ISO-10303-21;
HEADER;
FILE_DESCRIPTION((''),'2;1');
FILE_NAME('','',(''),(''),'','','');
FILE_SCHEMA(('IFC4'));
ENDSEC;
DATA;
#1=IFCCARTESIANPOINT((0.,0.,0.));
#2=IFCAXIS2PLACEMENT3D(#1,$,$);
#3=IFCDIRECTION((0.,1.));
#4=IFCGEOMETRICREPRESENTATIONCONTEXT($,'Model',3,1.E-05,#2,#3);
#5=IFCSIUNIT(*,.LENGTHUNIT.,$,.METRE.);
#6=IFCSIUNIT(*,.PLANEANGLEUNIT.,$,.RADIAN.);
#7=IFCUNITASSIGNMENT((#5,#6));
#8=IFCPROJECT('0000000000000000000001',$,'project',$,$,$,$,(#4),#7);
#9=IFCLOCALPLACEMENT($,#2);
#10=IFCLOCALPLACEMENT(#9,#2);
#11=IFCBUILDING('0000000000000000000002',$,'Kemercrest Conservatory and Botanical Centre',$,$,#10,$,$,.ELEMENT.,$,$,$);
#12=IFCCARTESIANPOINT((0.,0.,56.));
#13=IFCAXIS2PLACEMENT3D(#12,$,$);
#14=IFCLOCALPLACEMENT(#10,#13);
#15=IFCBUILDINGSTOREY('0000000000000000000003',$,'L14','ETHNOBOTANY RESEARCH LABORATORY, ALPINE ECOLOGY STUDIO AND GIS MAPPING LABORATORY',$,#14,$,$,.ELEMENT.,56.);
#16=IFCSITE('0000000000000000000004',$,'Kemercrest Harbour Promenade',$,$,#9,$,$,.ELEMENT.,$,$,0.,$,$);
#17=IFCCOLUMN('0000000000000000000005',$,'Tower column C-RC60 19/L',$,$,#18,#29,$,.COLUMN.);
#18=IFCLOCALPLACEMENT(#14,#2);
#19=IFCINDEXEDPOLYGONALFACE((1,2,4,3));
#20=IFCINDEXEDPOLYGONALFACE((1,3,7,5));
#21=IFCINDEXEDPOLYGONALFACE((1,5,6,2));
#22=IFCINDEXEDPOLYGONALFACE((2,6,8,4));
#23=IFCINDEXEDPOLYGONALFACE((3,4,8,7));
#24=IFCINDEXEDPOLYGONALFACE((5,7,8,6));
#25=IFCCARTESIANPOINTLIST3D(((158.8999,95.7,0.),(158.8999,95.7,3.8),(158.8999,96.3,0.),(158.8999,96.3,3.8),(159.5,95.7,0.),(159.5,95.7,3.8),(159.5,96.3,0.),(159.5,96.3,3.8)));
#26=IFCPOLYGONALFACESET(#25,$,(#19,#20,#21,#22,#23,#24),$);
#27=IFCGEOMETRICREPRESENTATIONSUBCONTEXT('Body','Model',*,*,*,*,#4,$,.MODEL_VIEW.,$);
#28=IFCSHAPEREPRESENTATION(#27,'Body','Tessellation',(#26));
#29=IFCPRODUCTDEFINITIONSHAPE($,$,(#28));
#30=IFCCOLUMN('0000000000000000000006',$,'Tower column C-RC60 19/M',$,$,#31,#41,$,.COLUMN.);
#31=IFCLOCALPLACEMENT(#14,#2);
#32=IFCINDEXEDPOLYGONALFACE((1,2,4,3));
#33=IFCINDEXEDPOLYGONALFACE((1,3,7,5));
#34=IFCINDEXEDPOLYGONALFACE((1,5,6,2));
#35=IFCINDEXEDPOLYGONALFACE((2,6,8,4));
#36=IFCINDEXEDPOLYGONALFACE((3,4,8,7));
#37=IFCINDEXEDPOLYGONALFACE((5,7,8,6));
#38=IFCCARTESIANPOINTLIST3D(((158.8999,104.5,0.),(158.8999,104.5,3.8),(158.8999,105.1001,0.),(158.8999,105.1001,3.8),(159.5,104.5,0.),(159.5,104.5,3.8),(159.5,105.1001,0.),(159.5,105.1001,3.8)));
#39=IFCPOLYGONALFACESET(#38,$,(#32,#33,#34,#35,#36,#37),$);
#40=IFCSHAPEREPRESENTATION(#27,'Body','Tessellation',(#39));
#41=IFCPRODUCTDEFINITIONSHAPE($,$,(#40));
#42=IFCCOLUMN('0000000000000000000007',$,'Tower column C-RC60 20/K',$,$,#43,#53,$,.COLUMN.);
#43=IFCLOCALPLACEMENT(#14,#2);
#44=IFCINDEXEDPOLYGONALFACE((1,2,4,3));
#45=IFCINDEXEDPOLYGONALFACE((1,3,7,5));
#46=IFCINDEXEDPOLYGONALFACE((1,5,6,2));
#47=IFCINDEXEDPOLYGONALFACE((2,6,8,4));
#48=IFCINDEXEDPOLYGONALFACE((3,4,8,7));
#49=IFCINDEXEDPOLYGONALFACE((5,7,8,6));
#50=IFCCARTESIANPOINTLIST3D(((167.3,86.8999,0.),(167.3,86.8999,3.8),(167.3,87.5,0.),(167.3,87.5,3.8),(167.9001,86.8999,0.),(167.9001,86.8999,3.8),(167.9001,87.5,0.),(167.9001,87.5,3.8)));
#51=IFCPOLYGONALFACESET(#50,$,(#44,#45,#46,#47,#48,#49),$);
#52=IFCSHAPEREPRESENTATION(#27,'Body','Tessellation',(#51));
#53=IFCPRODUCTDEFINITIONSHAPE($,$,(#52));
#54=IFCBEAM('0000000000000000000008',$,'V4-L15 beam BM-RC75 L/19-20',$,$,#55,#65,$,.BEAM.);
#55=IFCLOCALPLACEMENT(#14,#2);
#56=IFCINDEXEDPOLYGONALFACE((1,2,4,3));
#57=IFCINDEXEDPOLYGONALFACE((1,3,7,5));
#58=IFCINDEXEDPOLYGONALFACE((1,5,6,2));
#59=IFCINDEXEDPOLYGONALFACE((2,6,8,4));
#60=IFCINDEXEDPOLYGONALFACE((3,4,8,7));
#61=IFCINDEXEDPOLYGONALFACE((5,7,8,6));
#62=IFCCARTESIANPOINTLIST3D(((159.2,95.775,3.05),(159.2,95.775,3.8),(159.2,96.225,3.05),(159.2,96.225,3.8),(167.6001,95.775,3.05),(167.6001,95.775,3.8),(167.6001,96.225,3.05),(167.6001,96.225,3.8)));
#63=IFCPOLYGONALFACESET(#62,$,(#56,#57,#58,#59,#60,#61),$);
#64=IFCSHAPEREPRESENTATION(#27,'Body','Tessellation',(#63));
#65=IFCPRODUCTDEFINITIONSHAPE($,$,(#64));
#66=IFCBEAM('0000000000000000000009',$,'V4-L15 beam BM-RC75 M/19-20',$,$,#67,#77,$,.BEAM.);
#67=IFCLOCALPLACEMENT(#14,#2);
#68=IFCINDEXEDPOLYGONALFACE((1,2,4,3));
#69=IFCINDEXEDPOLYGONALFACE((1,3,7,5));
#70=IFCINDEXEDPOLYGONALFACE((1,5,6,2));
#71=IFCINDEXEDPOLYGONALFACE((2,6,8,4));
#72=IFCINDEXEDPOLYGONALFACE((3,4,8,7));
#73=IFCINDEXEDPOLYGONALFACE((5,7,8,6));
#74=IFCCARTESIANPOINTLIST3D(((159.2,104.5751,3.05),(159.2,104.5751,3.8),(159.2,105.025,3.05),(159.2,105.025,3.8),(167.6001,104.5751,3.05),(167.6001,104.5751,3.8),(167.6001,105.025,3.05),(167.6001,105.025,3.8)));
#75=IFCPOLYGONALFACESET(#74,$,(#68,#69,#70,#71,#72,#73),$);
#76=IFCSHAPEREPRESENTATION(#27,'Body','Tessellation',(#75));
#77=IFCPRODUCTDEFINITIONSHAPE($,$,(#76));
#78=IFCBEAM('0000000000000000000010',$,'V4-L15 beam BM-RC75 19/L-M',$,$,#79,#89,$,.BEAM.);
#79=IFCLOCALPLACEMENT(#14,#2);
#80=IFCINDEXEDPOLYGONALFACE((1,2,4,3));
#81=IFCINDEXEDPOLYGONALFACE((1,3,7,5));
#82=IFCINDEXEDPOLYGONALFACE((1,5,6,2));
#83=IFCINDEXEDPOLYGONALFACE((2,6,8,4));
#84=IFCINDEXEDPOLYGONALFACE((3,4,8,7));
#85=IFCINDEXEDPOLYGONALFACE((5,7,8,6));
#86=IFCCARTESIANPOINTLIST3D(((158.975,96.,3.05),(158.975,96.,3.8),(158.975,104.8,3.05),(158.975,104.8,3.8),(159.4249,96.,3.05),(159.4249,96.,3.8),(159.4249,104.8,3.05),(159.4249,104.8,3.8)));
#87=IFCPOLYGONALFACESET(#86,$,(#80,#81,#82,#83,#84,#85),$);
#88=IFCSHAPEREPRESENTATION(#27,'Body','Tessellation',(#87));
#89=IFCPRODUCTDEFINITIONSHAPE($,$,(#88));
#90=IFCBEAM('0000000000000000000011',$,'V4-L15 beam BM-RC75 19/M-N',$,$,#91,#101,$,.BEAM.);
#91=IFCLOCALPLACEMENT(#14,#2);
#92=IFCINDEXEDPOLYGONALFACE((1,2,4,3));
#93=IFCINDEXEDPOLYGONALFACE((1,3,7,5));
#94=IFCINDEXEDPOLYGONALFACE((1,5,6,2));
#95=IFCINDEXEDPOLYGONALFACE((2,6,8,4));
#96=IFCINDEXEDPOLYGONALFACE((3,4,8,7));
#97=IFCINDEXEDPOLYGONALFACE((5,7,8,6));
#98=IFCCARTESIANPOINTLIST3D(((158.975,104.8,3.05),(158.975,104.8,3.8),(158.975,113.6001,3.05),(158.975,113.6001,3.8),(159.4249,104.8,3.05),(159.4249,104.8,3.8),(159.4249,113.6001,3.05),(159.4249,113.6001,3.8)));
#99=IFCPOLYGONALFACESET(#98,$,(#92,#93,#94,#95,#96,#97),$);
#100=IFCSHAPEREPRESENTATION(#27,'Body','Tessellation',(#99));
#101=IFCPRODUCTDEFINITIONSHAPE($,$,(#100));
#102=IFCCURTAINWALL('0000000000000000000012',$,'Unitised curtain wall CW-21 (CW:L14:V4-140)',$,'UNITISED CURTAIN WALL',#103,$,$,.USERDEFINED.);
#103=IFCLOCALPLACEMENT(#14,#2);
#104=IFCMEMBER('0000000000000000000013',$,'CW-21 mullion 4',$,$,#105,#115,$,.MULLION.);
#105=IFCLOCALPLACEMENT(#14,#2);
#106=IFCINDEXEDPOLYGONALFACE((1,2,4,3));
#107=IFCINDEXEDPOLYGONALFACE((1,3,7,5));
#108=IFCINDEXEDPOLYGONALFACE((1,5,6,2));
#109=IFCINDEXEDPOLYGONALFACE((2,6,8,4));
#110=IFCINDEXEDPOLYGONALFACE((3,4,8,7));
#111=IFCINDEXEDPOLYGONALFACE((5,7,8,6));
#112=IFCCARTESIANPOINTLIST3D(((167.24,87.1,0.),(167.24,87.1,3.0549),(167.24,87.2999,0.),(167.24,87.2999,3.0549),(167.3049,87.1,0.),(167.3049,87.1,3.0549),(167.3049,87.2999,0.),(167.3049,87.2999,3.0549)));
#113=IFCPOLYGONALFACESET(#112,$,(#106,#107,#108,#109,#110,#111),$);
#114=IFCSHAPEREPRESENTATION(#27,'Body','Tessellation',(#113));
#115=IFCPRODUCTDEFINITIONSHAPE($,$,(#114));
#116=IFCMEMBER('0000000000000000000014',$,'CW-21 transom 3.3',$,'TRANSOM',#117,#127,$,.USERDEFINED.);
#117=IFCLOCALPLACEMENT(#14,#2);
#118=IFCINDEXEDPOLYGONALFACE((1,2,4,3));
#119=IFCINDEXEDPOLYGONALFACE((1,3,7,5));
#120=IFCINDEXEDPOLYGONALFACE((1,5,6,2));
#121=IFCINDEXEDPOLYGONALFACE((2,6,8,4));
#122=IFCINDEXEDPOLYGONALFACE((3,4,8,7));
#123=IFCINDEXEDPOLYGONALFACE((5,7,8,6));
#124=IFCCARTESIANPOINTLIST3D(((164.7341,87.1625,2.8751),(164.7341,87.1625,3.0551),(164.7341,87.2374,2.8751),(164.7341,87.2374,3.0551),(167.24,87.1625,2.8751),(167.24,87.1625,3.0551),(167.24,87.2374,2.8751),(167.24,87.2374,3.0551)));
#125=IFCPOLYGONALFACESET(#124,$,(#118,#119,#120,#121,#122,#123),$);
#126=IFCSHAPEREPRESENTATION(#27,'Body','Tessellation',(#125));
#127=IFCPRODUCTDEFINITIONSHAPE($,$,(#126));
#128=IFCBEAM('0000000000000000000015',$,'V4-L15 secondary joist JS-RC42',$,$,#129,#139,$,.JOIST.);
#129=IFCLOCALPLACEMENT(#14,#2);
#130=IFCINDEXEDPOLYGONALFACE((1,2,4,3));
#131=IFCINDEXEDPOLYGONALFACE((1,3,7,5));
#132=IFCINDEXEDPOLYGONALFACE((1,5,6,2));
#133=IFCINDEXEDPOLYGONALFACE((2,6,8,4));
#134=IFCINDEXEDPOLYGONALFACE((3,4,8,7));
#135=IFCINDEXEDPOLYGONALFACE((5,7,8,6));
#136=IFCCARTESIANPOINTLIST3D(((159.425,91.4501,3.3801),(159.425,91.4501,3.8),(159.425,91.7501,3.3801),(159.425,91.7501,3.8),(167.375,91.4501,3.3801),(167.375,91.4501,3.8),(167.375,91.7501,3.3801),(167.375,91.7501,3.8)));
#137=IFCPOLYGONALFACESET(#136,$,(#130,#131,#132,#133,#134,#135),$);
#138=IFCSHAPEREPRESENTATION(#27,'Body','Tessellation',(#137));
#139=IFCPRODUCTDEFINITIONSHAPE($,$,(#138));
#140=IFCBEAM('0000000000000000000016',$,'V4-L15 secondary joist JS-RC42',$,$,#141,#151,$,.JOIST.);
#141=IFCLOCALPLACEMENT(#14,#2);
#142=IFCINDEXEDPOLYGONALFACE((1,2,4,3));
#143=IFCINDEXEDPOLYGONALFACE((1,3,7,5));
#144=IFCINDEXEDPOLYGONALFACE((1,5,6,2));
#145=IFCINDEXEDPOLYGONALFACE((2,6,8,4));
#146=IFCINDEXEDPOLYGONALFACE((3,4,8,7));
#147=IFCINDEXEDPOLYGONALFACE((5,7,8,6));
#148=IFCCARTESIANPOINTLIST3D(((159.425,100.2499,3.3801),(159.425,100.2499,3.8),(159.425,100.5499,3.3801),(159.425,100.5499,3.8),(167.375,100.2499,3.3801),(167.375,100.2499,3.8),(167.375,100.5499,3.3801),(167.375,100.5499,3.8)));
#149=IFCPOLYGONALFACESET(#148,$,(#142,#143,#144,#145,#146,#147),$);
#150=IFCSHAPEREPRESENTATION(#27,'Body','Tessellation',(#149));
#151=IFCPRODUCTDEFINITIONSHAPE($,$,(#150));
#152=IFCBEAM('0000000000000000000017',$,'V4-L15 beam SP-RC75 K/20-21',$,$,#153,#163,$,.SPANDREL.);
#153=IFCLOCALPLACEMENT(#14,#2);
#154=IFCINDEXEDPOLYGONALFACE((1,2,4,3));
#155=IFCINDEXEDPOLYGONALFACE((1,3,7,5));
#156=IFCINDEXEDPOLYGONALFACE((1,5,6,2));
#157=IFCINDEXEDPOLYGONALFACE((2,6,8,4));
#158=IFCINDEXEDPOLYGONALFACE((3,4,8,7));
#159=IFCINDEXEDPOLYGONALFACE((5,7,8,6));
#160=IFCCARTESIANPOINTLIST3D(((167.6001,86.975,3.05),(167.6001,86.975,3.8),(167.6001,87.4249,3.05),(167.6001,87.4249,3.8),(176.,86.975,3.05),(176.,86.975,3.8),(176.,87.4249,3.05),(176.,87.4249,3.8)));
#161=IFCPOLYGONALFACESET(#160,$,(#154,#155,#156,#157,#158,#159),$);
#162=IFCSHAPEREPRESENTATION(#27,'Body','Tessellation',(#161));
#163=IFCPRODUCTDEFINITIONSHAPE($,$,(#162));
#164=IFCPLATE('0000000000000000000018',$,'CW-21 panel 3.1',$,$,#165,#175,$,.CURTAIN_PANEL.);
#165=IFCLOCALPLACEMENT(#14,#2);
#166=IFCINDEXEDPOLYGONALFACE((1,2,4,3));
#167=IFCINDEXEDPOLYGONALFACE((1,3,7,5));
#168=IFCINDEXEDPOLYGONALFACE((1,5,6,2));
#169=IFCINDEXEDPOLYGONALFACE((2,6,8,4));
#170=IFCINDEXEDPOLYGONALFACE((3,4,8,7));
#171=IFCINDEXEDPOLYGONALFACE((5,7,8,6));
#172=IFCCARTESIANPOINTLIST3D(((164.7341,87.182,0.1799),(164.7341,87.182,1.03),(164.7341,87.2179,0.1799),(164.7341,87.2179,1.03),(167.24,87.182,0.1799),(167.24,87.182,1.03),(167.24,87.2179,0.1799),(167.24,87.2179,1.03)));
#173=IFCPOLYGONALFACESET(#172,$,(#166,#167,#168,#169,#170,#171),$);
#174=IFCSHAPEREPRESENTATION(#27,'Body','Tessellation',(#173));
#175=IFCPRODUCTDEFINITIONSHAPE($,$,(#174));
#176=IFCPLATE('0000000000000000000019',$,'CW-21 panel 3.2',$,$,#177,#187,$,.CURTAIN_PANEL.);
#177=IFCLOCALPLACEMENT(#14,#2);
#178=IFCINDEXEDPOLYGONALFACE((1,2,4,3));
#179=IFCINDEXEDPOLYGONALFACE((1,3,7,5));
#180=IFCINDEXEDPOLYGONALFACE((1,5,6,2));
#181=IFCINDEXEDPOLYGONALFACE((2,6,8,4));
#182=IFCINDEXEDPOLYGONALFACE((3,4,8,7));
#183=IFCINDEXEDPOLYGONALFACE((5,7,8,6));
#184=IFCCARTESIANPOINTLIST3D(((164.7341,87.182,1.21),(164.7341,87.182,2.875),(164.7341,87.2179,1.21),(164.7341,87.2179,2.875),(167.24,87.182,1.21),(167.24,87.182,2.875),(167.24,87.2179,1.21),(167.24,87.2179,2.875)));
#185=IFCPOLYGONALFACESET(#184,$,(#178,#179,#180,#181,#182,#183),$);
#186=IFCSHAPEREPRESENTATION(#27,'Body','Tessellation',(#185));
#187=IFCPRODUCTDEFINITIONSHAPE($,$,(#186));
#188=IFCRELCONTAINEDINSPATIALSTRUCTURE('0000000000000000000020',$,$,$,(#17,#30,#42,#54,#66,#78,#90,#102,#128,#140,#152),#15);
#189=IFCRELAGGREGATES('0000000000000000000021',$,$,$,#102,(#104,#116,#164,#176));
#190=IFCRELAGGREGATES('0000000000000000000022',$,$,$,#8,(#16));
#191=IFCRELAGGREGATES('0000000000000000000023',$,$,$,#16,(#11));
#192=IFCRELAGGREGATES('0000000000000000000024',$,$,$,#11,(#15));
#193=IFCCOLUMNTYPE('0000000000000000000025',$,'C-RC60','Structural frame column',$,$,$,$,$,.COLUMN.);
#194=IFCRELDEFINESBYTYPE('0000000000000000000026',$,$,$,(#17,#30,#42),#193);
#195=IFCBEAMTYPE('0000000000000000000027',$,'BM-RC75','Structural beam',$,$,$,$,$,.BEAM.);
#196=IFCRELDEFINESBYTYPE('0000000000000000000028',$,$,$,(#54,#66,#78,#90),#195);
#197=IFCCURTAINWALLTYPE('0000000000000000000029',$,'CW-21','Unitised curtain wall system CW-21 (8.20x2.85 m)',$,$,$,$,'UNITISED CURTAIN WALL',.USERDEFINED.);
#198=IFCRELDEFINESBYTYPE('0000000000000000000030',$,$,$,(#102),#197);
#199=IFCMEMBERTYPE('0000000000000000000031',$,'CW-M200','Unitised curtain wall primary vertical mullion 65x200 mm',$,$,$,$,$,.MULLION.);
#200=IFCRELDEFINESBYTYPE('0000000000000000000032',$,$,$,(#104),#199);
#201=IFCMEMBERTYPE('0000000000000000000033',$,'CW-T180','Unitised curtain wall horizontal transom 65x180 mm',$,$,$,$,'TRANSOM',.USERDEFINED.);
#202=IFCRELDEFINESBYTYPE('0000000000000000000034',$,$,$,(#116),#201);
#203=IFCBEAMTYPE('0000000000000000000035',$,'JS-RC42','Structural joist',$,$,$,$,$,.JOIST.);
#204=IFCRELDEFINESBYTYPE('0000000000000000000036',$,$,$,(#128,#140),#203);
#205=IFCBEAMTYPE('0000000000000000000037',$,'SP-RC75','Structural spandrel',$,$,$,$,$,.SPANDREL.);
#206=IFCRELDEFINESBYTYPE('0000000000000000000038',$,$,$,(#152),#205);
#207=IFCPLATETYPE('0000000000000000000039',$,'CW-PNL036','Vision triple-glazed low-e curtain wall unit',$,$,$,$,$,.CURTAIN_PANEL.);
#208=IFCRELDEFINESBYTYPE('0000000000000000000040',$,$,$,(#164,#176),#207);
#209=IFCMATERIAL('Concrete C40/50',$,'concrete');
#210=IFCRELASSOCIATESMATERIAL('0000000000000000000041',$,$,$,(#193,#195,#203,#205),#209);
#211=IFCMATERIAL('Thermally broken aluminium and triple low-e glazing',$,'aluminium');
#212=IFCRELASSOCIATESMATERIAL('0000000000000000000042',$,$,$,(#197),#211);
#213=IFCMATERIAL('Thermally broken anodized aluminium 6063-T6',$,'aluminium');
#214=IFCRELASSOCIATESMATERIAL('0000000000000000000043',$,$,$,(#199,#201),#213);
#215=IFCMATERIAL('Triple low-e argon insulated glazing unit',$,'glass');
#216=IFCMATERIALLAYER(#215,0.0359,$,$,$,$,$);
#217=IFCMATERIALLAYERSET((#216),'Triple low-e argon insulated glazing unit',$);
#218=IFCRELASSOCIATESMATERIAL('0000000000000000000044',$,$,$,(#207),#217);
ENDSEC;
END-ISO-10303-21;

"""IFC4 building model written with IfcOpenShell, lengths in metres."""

from ifc_helpers import new_model, si_unit, direction, frame, origin, origin_2d, place, context, subcontext, project, spatial, rectangle, extrude, material, layer, layer_set, material_profile, profile_set, type_object, element, aggregate, save


model = new_model("IFC4")

# Units and contexts
model_context = context("Model", 3, precision=1e-05, world=origin(), true_north=direction((0.0, 1.0)))
body_context = subcontext(model_context, "Body", "Model", "MODEL_VIEW")
ifc_project = project(units=[si_unit("LENGTHUNIT", "METRE"), si_unit("PLANEANGLEUNIT", "RADIAN")], contexts=[model_context])

# Site, building, storey
site_placement = place(None, origin())
site = spatial("IfcSite", under=ifc_project, at=site_placement, Name="Kemercrest Harbour Promenade", CompositionType="ELEMENT", RefElevation=0.0)
building_placement = place(site_placement, origin())
building = spatial("IfcBuilding", under=site, at=building_placement, Name="Kemercrest Conservatory and Botanical Centre", CompositionType="ELEMENT")
storey_placement = place(building_placement, frame((0.0, 0.0, 56.0)))
storey = spatial("IfcBuildingStorey", under=building, at=storey_placement, Name="L14", Description="ETHNOBOTANY RESEARCH LABORATORY, ALPINE ECOLOGY STUDIO AND GIS MAPPING LABORATORY", CompositionType="ELEMENT", Elevation=56.0)

# Columns
ifc_material_1 = material(Name="Concrete C40/50", Category="concrete")
ifc_material_profile_1 = material_profile(ifc_material_1, rectangle(XDim=0.6001, YDim=0.6001, at=origin_2d()), Name="RC 600x600")
ifc_profile_set_1 = profile_set([ifc_material_profile_1], Name="Concrete C40/50")
column_type = type_object("IfcColumnType", Name="C-RC60", Description="Structural frame column", PredefinedType="COLUMN", material=ifc_profile_set_1)
for number, where, z_axis, x_axis, name in (
    (1, (159.2, 96.0, 0.0), (0.0, 0.0, 1.0), (1.0, 0.0, 0.0), "Tower column C-RC60 19/L"),
    (2, (159.2, 104.8, 0.0), (0.0, 0.0, 1.0), (1.0, 0.0, 0.0), "Tower column C-RC60 19/M"),
    (3, (167.6001, 87.2, 0.0), (0.0, 0.0, 1.0), (1.0, 0.0, 0.0), "Tower column C-RC60 20/K"),
):
    element("IfcColumn", number, at=place(storey_placement, frame(where, z_axis=z_axis, x_axis=x_axis)), inside=storey, type_object=column_type, Name=name, PredefinedType="COLUMN", context=body_context, shape_type="SweptSolid", body=[
        extrude(rectangle(XDim=0.6001, YDim=0.6001, at=origin_2d()), origin(), (0.0, 0.0, 1.0), 3.8),
    ])

# Beams
ifc_material_profile_2 = material_profile(ifc_material_1, rectangle(XDim=0.45, YDim=0.75, at=origin_2d()), Name="RC 450x750")
ifc_profile_set_2 = profile_set([ifc_material_profile_2], Name="Concrete C40/50")
beam_type_1 = type_object("IfcBeamType", Name="BM-RC75", Description="Structural beam", PredefinedType="BEAM", material=ifc_profile_set_2)
for number, where, z_axis, x_axis, name in (
    (4, (159.2, 96.0, 3.425), (1.0, 0.0, 0.0), (0.0, 1.0, 0.0), "V4-L15 beam BM-RC75 L/19-20"),
    (5, (159.2, 104.8, 3.425), (1.0, 0.0, 0.0), (0.0, 1.0, 0.0), "V4-L15 beam BM-RC75 M/19-20"),
):
    element("IfcBeam", number, at=place(storey_placement, frame(where, z_axis=z_axis, x_axis=x_axis)), inside=storey, type_object=beam_type_1, Name=name, PredefinedType="BEAM", context=body_context, shape_type="SweptSolid", body=[
        extrude(rectangle(XDim=0.45, YDim=0.75, at=origin_2d()), origin(), (0.0, 0.0, 1.0), 8.4001),
    ])
for number, where, z_axis, x_axis, name in (
    (6, (159.2, 96.0, 3.425), (0.0, 1.0, 0.0), (-1.0, 0.0, 0.0), "V4-L15 beam BM-RC75 19/L-M"),
    (7, (159.2, 104.8, 3.425), (0.0, 1.0, 0.0), (-1.0, 0.0, 0.0), "V4-L15 beam BM-RC75 19/M-N"),
):
    element("IfcBeam", number, at=place(storey_placement, frame(where, z_axis=z_axis, x_axis=x_axis)), inside=storey, type_object=beam_type_1, Name=name, PredefinedType="BEAM", context=body_context, shape_type="SweptSolid", body=[
        extrude(rectangle(XDim=0.45, YDim=0.75, at=origin_2d()), origin(), (0.0, 0.0, 1.0), 8.8),
    ])

# Curtain wall, members
ifc_material_2 = material(Name="Thermally broken aluminium and triple low-e glazing", Category="aluminium")
curtain_wall_type = type_object("IfcCurtainWallType", Name="CW-21", Description="Unitised curtain wall system CW-21 (8.20x2.85 m)", ElementType="UNITISED CURTAIN WALL", PredefinedType="USERDEFINED", material=ifc_material_2)
curtain_wall_placement = place(storey_placement, origin())
curtain_wall = element("IfcCurtainWall", 8, at=curtain_wall_placement, inside=storey, type_object=curtain_wall_type, Name="Unitised curtain wall CW-21 (CW:L14:V4-140)", ObjectType="UNITISED CURTAIN WALL", PredefinedType="USERDEFINED")
ifc_material_3 = material(Name="Thermally broken anodized aluminium 6063-T6", Category="aluminium")
ifc_material_profile_3 = material_profile(ifc_material_3, rectangle(XDim=0.2, YDim=0.0649, at=origin_2d()), Name="AL MULLION 65x200")
ifc_profile_set_3 = profile_set([ifc_material_profile_3], Name="Thermally broken anodized aluminium 6063-T6")
member_type_1 = type_object("IfcMemberType", Name="CW-M200", Description="Unitised curtain wall primary vertical mullion 65x200 mm", PredefinedType="MULLION", material=ifc_profile_set_3)
member_1_placement = place(storey_placement, frame((167.2725, 87.2, 0.0), z_axis=(0.0, 0.0, 1.0), x_axis=(0.0, 1.0, 0.0)))
member_1 = element("IfcMember", 9, at=member_1_placement, type_object=member_type_1, Name="CW-21 mullion 4", PredefinedType="MULLION", context=body_context, shape_type="SweptSolid", body=[
    extrude(rectangle(XDim=0.2, YDim=0.0649, at=origin_2d()), origin(), (0.0, 0.0, 1.0), 3.0549),
])
ifc_material_profile_4 = material_profile(ifc_material_3, rectangle(XDim=0.075, YDim=0.1799, at=origin_2d()), Name="AL TRANSOM 75x180")
ifc_profile_set_4 = profile_set([ifc_material_profile_4], Name="Thermally broken anodized aluminium 6063-T6")
member_type_2 = type_object("IfcMemberType", Name="CW-T180", Description="Unitised curtain wall horizontal transom 65x180 mm", ElementType="TRANSOM", PredefinedType="USERDEFINED", material=ifc_profile_set_4)
member_2_placement = place(storey_placement, frame((164.7341, 87.2, 2.9651), z_axis=(1.0, 0.0, 0.0), x_axis=(0.0, 1.0, 0.0)))
member_2 = element("IfcMember", 10, at=member_2_placement, type_object=member_type_2, Name="CW-21 transom 3.3", ObjectType="TRANSOM", PredefinedType="USERDEFINED", context=body_context, shape_type="SweptSolid", body=[
    extrude(rectangle(XDim=0.075, YDim=0.1799, at=origin_2d()), origin(), (0.0, 0.0, 1.0), 2.5059),
])

# Beams
ifc_material_profile_5 = material_profile(ifc_material_1, rectangle(XDim=0.3, YDim=0.4199, at=origin_2d()), Name="RC 300x420")
ifc_profile_set_5 = profile_set([ifc_material_profile_5], Name="Concrete C40/50")
beam_type_2 = type_object("IfcBeamType", Name="JS-RC42", Description="Structural joist", PredefinedType="JOIST", material=ifc_profile_set_5)
for number, where, z_axis, x_axis, name in (
    (11, (159.425, 91.6001, 3.5901), (1.0, 0.0, 0.0), (0.0, 1.0, 0.0), "V4-L15 secondary joist JS-RC42"),
    (12, (159.425, 100.3999, 3.5901), (1.0, 0.0, 0.0), (0.0, 1.0, 0.0), "V4-L15 secondary joist JS-RC42"),
):
    element("IfcBeam", number, at=place(storey_placement, frame(where, z_axis=z_axis, x_axis=x_axis)), inside=storey, type_object=beam_type_2, Name=name, PredefinedType="JOIST", context=body_context, shape_type="SweptSolid", body=[
        extrude(rectangle(XDim=0.3, YDim=0.4199, at=origin_2d()), origin(), (0.0, 0.0, 1.0), 7.95),
    ])
ifc_material_profile_6 = material_profile(ifc_material_1, rectangle(XDim=0.45, YDim=0.75, at=origin_2d()), Name="RC 450x750")
ifc_profile_set_6 = profile_set([ifc_material_profile_6], Name="Concrete C40/50")
beam_type_3 = type_object("IfcBeamType", Name="SP-RC75", Description="Structural spandrel", PredefinedType="SPANDREL", material=ifc_profile_set_6)
beam_placement = place(storey_placement, frame((167.6001, 87.2, 3.425), z_axis=(1.0, 0.0, 0.0), x_axis=(0.0, 1.0, 0.0)))
element("IfcBeam", 13, at=beam_placement, inside=storey, type_object=beam_type_3, Name="V4-L15 beam SP-RC75 K/20-21", PredefinedType="SPANDREL", context=body_context, shape_type="SweptSolid", body=[
    extrude(rectangle(XDim=0.45, YDim=0.75, at=origin_2d()), origin(), (0.0, 0.0, 1.0), 8.3999),
])

# Plates
ifc_material_4 = material(Name="Triple low-e argon insulated glazing unit", Category="glass")
ifc_layer_1 = layer(ifc_material_4, 0.0359)
ifc_layer_set_1 = layer_set([ifc_layer_1], Name="Triple low-e argon insulated glazing unit")
plate_type = type_object("IfcPlateType", Name="CW-PNL036", Description="Vision triple-glazed low-e curtain wall unit", PredefinedType="CURTAIN_PANEL", material=ifc_layer_set_1)
plate_1_placement = place(storey_placement, frame((165.9871, 87.2, 0.1799), z_axis=(0.0, 0.0, 1.0), x_axis=(1.0, 0.0, 0.0)))
plate_1 = element("IfcPlate", 14, at=plate_1_placement, type_object=plate_type, Name="CW-21 panel 3.1", PredefinedType="CURTAIN_PANEL", context=body_context, shape_type="SweptSolid", body=[
    extrude(rectangle(XDim=2.5059, YDim=0.0359, at=origin_2d()), origin(), (0.0, 0.0, 1.0), 0.8501),
])
plate_2_placement = place(storey_placement, frame((165.9871, 87.2, 1.21), z_axis=(0.0, 0.0, 1.0), x_axis=(1.0, 0.0, 0.0)))
plate_2 = element("IfcPlate", 15, at=plate_2_placement, type_object=plate_type, Name="CW-21 panel 3.2", PredefinedType="CURTAIN_PANEL", context=body_context, shape_type="SweptSolid", body=[
    extrude(rectangle(XDim=2.5059, YDim=0.0359, at=origin_2d()), origin(), (0.0, 0.0, 1.0), 1.665),
])
aggregate(curtain_wall, [member_1, member_2, plate_1, plate_2])

save(model, "model.ifc")
